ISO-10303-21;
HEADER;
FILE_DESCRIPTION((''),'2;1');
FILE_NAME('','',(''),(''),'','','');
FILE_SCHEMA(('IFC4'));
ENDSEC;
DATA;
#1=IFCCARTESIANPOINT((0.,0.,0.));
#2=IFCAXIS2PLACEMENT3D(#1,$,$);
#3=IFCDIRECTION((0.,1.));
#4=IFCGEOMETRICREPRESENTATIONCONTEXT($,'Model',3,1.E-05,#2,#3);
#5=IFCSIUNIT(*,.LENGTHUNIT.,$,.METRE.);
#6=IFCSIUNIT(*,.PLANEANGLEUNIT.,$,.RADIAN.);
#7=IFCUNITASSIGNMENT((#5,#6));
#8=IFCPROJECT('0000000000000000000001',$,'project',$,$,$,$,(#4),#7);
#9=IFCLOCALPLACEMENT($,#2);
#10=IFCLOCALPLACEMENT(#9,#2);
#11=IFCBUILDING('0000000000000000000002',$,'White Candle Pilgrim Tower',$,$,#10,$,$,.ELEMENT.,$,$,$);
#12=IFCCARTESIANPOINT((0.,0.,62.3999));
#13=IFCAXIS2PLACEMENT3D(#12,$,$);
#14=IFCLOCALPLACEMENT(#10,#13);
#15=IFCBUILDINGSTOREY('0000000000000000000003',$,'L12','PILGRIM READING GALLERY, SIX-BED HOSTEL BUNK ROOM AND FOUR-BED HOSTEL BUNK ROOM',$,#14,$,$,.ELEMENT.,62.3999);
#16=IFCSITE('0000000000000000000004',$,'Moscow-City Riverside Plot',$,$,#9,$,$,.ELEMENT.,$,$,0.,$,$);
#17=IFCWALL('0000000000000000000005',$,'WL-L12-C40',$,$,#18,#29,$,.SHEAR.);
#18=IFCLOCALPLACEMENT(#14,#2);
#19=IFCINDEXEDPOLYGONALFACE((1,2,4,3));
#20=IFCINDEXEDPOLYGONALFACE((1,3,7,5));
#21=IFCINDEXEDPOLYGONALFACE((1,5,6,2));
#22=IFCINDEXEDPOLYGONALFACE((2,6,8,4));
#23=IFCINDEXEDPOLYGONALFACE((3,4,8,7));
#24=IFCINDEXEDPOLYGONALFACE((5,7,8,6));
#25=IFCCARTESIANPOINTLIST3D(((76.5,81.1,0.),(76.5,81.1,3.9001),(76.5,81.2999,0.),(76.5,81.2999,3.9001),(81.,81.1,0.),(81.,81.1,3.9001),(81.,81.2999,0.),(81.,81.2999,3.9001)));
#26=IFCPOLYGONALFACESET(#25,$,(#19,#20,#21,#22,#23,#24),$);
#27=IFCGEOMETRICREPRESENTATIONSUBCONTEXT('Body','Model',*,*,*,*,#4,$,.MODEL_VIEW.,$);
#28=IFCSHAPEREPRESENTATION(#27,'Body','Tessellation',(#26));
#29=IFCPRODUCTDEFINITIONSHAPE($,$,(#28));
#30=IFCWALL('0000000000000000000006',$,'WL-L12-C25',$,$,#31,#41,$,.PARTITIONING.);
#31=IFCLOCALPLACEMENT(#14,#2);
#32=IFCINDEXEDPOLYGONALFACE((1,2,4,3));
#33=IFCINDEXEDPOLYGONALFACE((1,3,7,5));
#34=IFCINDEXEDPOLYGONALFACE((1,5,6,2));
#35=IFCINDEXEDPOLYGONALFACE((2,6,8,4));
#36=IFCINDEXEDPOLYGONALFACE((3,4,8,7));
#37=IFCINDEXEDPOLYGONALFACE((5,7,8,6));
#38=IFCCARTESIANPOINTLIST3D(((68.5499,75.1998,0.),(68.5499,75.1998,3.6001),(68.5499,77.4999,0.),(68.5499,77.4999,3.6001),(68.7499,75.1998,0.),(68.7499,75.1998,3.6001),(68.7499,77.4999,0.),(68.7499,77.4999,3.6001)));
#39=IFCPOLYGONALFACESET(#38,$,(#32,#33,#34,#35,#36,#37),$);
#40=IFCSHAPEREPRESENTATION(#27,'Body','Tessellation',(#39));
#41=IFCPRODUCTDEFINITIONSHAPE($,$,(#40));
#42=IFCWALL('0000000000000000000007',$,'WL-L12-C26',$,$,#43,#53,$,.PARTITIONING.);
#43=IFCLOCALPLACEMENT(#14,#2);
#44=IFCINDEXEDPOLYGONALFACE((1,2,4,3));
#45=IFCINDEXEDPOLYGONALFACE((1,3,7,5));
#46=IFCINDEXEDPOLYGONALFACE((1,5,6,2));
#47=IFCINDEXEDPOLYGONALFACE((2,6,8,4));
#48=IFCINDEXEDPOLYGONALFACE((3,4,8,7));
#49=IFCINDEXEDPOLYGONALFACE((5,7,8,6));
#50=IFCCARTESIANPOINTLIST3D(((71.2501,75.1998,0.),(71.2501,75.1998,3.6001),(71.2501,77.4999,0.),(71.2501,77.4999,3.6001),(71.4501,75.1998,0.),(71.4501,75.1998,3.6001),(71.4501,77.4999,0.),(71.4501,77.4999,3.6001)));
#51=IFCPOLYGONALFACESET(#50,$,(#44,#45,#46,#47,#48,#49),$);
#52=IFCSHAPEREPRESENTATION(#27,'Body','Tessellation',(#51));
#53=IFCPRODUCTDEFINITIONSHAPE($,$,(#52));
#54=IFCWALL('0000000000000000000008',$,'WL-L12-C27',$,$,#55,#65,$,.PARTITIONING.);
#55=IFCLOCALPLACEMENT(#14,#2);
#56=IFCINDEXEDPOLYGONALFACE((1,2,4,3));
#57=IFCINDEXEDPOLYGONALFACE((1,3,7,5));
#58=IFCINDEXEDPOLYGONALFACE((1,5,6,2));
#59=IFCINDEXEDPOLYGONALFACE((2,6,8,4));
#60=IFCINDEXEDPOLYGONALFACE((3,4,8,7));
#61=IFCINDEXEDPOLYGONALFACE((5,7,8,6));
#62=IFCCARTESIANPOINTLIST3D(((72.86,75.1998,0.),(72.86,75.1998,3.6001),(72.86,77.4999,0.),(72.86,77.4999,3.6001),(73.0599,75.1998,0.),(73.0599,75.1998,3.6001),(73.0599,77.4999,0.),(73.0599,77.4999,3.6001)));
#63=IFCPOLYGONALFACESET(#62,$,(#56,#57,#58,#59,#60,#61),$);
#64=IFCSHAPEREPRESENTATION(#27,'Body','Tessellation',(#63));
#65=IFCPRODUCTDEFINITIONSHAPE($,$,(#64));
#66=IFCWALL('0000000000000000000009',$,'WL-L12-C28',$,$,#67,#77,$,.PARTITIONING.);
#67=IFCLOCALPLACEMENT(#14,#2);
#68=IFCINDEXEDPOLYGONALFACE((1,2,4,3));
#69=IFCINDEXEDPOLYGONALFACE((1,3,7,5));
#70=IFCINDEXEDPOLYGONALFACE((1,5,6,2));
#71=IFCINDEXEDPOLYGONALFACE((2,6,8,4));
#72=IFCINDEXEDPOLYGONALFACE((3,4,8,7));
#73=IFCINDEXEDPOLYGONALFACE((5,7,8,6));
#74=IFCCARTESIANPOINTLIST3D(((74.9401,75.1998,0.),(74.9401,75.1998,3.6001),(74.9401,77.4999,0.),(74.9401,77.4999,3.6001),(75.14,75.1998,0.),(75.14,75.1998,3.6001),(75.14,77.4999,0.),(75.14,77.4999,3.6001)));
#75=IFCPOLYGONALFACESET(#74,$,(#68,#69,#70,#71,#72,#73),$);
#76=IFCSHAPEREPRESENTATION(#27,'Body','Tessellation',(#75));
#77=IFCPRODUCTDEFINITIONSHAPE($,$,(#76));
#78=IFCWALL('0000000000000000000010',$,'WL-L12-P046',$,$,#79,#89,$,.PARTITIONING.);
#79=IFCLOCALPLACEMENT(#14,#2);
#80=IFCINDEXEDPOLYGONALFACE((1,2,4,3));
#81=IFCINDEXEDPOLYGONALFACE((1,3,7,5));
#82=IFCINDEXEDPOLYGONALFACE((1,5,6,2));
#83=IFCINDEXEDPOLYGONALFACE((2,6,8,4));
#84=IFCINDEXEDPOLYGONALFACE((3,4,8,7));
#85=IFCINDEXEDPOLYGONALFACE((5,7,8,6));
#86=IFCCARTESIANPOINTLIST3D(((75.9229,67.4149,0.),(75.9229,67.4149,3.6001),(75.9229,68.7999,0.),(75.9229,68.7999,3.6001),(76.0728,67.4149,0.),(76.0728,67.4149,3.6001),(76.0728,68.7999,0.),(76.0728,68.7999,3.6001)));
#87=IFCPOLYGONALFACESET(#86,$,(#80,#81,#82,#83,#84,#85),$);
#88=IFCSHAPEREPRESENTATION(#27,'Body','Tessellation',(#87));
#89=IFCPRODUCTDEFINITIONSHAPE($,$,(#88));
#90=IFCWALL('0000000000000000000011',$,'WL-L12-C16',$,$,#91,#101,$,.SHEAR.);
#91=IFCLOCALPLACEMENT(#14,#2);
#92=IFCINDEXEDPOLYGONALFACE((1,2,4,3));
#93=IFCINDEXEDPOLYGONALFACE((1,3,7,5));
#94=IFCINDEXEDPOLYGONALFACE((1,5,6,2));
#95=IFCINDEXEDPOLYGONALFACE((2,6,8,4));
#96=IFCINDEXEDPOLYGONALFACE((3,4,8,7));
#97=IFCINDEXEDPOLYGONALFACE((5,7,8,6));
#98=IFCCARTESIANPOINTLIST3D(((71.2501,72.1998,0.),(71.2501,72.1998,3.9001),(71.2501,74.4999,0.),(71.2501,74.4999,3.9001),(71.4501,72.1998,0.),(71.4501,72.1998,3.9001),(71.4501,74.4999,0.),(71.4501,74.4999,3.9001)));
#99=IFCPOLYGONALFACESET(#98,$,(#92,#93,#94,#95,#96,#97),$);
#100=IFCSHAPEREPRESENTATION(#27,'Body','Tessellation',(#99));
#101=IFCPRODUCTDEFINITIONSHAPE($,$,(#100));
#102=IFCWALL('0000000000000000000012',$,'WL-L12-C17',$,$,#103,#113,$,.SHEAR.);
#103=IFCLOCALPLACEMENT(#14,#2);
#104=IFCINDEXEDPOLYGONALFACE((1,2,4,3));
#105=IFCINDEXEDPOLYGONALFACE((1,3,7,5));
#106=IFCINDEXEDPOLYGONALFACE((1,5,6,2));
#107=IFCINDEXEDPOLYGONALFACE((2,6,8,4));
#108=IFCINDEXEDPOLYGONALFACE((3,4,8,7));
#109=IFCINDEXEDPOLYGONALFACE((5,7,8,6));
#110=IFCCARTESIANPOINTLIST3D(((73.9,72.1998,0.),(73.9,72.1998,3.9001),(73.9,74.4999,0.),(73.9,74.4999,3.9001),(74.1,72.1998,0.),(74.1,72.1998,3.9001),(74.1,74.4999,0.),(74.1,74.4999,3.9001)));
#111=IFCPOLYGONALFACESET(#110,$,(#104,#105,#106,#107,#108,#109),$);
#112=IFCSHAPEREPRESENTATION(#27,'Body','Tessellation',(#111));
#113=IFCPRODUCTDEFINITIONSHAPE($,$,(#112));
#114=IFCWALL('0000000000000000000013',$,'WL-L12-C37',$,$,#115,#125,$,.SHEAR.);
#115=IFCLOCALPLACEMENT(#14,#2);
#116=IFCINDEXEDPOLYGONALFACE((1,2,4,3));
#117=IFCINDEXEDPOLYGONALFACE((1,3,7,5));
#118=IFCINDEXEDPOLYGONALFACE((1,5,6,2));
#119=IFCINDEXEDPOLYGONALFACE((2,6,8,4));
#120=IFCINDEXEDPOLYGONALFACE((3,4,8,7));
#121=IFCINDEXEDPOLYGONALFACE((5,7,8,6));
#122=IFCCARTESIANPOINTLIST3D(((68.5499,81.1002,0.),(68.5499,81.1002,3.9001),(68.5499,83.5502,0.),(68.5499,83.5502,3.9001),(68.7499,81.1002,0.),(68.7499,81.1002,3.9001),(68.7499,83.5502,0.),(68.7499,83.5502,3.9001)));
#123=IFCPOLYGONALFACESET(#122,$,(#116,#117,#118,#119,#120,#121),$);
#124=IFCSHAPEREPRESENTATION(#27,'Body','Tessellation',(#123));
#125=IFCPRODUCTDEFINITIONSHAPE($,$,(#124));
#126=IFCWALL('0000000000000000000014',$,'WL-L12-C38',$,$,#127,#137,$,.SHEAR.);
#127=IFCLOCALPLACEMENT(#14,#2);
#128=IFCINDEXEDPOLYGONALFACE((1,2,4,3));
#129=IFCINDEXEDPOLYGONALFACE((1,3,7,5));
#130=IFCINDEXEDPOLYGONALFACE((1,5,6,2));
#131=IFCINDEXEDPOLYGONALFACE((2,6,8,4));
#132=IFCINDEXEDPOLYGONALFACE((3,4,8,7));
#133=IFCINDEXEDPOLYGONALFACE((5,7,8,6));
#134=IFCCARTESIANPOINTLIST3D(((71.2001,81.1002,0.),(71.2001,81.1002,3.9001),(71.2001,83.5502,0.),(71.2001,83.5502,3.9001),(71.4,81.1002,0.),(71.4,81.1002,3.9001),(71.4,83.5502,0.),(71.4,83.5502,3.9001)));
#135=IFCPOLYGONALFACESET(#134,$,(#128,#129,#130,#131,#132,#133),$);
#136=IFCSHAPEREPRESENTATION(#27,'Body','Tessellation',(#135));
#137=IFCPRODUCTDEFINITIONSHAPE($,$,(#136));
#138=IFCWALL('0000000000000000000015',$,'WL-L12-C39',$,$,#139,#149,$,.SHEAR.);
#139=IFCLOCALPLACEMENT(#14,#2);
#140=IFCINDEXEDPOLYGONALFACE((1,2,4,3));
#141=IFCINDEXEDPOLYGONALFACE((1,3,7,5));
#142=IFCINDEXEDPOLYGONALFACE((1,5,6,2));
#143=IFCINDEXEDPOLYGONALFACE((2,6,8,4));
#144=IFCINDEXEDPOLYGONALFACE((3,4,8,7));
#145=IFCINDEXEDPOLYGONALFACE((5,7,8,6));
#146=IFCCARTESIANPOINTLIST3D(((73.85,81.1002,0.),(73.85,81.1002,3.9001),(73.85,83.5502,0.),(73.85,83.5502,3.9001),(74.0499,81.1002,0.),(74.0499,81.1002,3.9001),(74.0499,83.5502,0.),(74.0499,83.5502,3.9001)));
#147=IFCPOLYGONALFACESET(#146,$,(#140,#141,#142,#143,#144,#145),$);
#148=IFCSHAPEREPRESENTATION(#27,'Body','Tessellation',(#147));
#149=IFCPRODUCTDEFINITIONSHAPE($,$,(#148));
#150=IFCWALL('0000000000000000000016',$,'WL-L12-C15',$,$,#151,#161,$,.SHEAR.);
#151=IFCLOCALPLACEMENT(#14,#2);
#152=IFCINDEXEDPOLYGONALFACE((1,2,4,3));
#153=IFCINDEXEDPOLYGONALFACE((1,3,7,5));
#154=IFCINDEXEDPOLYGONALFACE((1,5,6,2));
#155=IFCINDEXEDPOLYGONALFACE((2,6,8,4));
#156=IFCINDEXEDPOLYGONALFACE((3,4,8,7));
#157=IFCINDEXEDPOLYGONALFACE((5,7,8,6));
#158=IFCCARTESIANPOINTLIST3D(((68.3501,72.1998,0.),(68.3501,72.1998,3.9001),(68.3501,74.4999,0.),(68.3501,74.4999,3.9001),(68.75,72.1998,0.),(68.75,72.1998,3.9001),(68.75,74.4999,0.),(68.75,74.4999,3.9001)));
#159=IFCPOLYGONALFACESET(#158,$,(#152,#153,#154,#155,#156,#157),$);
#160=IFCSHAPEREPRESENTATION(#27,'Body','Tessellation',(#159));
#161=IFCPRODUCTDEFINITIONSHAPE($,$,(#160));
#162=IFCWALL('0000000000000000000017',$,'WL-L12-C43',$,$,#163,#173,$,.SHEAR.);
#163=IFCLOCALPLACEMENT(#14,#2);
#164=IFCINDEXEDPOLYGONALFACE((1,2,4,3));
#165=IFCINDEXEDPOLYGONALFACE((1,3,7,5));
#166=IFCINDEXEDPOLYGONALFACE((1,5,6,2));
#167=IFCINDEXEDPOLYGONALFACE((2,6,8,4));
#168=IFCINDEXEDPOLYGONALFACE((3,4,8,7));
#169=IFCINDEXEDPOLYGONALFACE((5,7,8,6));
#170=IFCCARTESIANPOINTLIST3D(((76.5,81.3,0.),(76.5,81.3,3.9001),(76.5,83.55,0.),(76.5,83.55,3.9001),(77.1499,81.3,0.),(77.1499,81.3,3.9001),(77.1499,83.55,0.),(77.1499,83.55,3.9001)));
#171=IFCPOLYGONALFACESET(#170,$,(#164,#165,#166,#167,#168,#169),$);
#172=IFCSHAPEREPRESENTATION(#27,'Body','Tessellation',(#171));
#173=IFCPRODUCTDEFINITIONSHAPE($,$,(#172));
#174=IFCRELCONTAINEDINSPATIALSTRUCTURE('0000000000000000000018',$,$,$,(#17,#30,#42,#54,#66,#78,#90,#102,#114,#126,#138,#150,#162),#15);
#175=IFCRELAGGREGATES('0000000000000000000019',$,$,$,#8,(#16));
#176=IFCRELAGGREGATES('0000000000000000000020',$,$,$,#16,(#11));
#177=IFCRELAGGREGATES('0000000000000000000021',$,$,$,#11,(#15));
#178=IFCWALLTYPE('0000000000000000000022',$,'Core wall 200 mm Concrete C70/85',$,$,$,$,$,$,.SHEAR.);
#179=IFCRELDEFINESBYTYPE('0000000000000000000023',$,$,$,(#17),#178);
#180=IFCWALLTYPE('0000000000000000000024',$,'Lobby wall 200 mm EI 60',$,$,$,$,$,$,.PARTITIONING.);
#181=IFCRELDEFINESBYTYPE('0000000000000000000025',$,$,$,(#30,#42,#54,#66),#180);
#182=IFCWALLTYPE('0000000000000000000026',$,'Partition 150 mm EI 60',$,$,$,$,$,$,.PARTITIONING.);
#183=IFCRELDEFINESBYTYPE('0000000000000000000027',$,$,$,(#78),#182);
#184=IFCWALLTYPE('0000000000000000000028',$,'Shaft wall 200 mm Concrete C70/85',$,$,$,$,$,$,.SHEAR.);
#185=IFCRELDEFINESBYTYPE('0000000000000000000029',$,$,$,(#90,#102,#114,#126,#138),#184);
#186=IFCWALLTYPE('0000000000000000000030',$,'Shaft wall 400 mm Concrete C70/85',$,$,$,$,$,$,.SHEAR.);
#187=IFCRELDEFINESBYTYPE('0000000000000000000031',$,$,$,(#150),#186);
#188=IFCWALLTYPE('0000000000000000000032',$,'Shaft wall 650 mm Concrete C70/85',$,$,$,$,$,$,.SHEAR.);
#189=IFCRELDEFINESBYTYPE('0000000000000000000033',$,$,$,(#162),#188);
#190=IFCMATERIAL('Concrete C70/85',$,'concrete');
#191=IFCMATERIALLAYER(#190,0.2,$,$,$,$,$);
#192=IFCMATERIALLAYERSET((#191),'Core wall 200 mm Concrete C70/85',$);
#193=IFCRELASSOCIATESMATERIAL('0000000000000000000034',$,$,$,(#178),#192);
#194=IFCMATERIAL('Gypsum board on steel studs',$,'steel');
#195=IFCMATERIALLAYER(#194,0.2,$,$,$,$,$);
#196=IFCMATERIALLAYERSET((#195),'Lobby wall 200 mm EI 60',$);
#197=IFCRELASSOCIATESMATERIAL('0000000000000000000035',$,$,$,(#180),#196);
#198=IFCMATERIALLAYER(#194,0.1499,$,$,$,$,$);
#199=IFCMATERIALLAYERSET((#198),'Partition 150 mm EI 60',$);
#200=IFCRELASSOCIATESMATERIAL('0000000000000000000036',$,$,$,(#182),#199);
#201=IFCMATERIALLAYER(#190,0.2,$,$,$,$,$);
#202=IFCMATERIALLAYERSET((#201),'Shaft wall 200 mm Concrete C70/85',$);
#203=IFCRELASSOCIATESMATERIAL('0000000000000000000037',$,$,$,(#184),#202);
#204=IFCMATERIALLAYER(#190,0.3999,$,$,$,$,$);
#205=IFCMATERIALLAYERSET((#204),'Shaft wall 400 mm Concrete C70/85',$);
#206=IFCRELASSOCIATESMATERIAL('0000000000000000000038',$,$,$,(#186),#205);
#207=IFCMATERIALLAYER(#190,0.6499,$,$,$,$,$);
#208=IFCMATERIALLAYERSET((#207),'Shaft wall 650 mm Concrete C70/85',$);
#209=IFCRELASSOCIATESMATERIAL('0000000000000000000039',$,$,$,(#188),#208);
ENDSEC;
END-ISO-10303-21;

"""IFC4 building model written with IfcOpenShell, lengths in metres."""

from ifc_helpers import new_model, si_unit, direction, frame, frame_2d, origin, place, context, subcontext, project, spatial, rectangle, extrude, material, layer, layer_set, type_object, element, save


model = new_model("IFC4")

# Units and contexts
model_context = context("Model", 3, precision=1e-05, world=origin(), true_north=direction((0.0, 1.0)))
body_context = subcontext(model_context, "Body", "Model", "MODEL_VIEW")
ifc_project = project(units=[si_unit("LENGTHUNIT", "METRE"), si_unit("PLANEANGLEUNIT", "RADIAN")], contexts=[model_context])

# Site, building, storey
site_placement = place(None, origin())
site = spatial("IfcSite", under=ifc_project, at=site_placement, Name="Moscow-City Riverside Plot", CompositionType="ELEMENT", RefElevation=0.0)
building_placement = place(site_placement, origin())
building = spatial("IfcBuilding", under=site, at=building_placement, Name="White Candle Pilgrim Tower", CompositionType="ELEMENT")
storey_placement = place(building_placement, frame((0.0, 0.0, 62.3999)))
storey = spatial("IfcBuildingStorey", under=building, at=storey_placement, Name="L12", Description="PILGRIM READING GALLERY, SIX-BED HOSTEL BUNK ROOM AND FOUR-BED HOSTEL BUNK ROOM", CompositionType="ELEMENT", Elevation=62.3999)

# Walls
ifc_material_1 = material(Name="Concrete C70/85", Category="concrete")
ifc_layer_1 = layer(ifc_material_1, 0.2)
ifc_layer_set_1 = layer_set([ifc_layer_1], Name="Core wall 200 mm Concrete C70/85")
wall_type_1 = type_object("IfcWallType", Name="Core wall 200 mm Concrete C70/85", PredefinedType="SHEAR", material=ifc_layer_set_1)
wall_1_placement = place(storey_placement, frame((76.5, 81.2, 0.0), z_axis=(0.0, 0.0, 1.0), x_axis=(1.0, 0.0, 0.0)))
element("IfcWall", 1, at=wall_1_placement, inside=storey, type_object=wall_type_1, Name="WL-L12-C40", PredefinedType="SHEAR", context=body_context, shape_type="SweptSolid", body=[
    extrude(rectangle(XDim=4.5, YDim=0.2, at=frame_2d((2.25, 0.0))), origin(), (0.0, 0.0, 1.0), 3.9001),
])
ifc_material_2 = material(Name="Gypsum board on steel studs", Category="steel")
ifc_layer_2 = layer(ifc_material_2, 0.2)
ifc_layer_set_2 = layer_set([ifc_layer_2], Name="Lobby wall 200 mm EI 60")
wall_type_2 = type_object("IfcWallType", Name="Lobby wall 200 mm EI 60", PredefinedType="PARTITIONING", material=ifc_layer_set_2)
for number, where, z_axis, x_axis, name in (
    (2, (68.6499, 75.2, 0.0), (0.0, 0.0, 1.0), (0.0, 1.0, 0.0), "WL-L12-C25"),
    (3, (71.3501, 75.2, 0.0), (0.0, 0.0, 1.0), (0.0, 1.0, 0.0), "WL-L12-C26"),
    (4, (72.96, 75.2, 0.0), (0.0, 0.0, 1.0), (0.0, 1.0, 0.0), "WL-L12-C27"),
    (5, (75.04, 75.2, 0.0), (0.0, 0.0, 1.0), (0.0, 1.0, 0.0), "WL-L12-C28"),
):
    element("IfcWall", number, at=place(storey_placement, frame(where, z_axis=z_axis, x_axis=x_axis)), inside=storey, type_object=wall_type_2, Name=name, PredefinedType="PARTITIONING", context=body_context, shape_type="SweptSolid", body=[
        extrude(rectangle(XDim=2.3, YDim=0.2, at=frame_2d((1.1499, 0.0))), origin(), (0.0, 0.0, 1.0), 3.6001),
    ])
ifc_layer_3 = layer(ifc_material_2, 0.1499)
ifc_layer_set_3 = layer_set([ifc_layer_3], Name="Partition 150 mm EI 60")
wall_type_3 = type_object("IfcWallType", Name="Partition 150 mm EI 60", PredefinedType="PARTITIONING", material=ifc_layer_set_3)
wall_2_placement = place(storey_placement, frame((75.9978, 67.415, 0.0), z_axis=(0.0, 0.0, 1.0), x_axis=(0.0, 1.0, 0.0)))
element("IfcWall", 6, at=wall_2_placement, inside=storey, type_object=wall_type_3, Name="WL-L12-P046", PredefinedType="PARTITIONING", context=body_context, shape_type="SweptSolid", body=[
    extrude(rectangle(XDim=1.385, YDim=0.1499, at=frame_2d((0.6924, 0.0))), origin(), (0.0, 0.0, 1.0), 3.6001),
])
ifc_layer_4 = layer(ifc_material_1, 0.2)
ifc_layer_set_4 = layer_set([ifc_layer_4], Name="Shaft wall 200 mm Concrete C70/85")
wall_type_4 = type_object("IfcWallType", Name="Shaft wall 200 mm Concrete C70/85", PredefinedType="SHEAR", material=ifc_layer_set_4)
for number, where, z_axis, x_axis, name in (
    (7, (71.3501, 72.2, 0.0), (0.0, 0.0, 1.0), (0.0, 1.0, 0.0), "WL-L12-C16"),
    (8, (74.0, 72.2, 0.0), (0.0, 0.0, 1.0), (0.0, 1.0, 0.0), "WL-L12-C17"),
):
    element("IfcWall", number, at=place(storey_placement, frame(where, z_axis=z_axis, x_axis=x_axis)), inside=storey, type_object=wall_type_4, Name=name, PredefinedType="SHEAR", context=body_context, shape_type="SweptSolid", body=[
        extrude(rectangle(XDim=2.3, YDim=0.2, at=frame_2d((1.1499, 0.0))), origin(), (0.0, 0.0, 1.0), 3.9001),
    ])
for number, where, z_axis, x_axis, name in (
    (9, (68.6499, 81.1001, 0.0), (0.0, 0.0, 1.0), (0.0, 1.0, 0.0), "WL-L12-C37"),
    (10, (71.3, 81.1001, 0.0), (0.0, 0.0, 1.0), (0.0, 1.0, 0.0), "WL-L12-C38"),
    (11, (73.95, 81.1001, 0.0), (0.0, 0.0, 1.0), (0.0, 1.0, 0.0), "WL-L12-C39"),
):
    element("IfcWall", number, at=place(storey_placement, frame(where, z_axis=z_axis, x_axis=x_axis)), inside=storey, type_object=wall_type_4, Name=name, PredefinedType="SHEAR", context=body_context, shape_type="SweptSolid", body=[
        extrude(rectangle(XDim=2.45, YDim=0.2, at=frame_2d((1.2251, 0.0))), origin(), (0.0, 0.0, 1.0), 3.9001),
    ])
ifc_layer_5 = layer(ifc_material_1, 0.3999)
ifc_layer_set_5 = layer_set([ifc_layer_5], Name="Shaft wall 400 mm Concrete C70/85")
wall_type_5 = type_object("IfcWallType", Name="Shaft wall 400 mm Concrete C70/85", PredefinedType="SHEAR", material=ifc_layer_set_5)
wall_3_placement = place(storey_placement, frame((68.55, 72.2, 0.0), z_axis=(0.0, 0.0, 1.0), x_axis=(0.0, 1.0, 0.0)))
element("IfcWall", 12, at=wall_3_placement, inside=storey, type_object=wall_type_5, Name="WL-L12-C15", PredefinedType="SHEAR", context=body_context, shape_type="SweptSolid", body=[
    extrude(rectangle(XDim=2.3, YDim=0.3999, at=frame_2d((1.1499, 0.0))), origin(), (0.0, 0.0, 1.0), 3.9001),
])
ifc_layer_6 = layer(ifc_material_1, 0.6499)
ifc_layer_set_6 = layer_set([ifc_layer_6], Name="Shaft wall 650 mm Concrete C70/85")
wall_type_6 = type_object("IfcWallType", Name="Shaft wall 650 mm Concrete C70/85", PredefinedType="SHEAR", material=ifc_layer_set_6)
wall_4_placement = place(storey_placement, frame((76.825, 81.3, 0.0), z_axis=(0.0, 0.0, 1.0), x_axis=(0.0, 1.0, 0.0)))
element("IfcWall", 13, at=wall_4_placement, inside=storey, type_object=wall_type_6, Name="WL-L12-C43", PredefinedType="SHEAR", context=body_context, shape_type="SweptSolid", body=[
    extrude(rectangle(XDim=2.25, YDim=0.6499, at=frame_2d((1.125, 0.0))), origin(), (0.0, 0.0, 1.0), 3.9001),
])

save(model, "model.ifc")
